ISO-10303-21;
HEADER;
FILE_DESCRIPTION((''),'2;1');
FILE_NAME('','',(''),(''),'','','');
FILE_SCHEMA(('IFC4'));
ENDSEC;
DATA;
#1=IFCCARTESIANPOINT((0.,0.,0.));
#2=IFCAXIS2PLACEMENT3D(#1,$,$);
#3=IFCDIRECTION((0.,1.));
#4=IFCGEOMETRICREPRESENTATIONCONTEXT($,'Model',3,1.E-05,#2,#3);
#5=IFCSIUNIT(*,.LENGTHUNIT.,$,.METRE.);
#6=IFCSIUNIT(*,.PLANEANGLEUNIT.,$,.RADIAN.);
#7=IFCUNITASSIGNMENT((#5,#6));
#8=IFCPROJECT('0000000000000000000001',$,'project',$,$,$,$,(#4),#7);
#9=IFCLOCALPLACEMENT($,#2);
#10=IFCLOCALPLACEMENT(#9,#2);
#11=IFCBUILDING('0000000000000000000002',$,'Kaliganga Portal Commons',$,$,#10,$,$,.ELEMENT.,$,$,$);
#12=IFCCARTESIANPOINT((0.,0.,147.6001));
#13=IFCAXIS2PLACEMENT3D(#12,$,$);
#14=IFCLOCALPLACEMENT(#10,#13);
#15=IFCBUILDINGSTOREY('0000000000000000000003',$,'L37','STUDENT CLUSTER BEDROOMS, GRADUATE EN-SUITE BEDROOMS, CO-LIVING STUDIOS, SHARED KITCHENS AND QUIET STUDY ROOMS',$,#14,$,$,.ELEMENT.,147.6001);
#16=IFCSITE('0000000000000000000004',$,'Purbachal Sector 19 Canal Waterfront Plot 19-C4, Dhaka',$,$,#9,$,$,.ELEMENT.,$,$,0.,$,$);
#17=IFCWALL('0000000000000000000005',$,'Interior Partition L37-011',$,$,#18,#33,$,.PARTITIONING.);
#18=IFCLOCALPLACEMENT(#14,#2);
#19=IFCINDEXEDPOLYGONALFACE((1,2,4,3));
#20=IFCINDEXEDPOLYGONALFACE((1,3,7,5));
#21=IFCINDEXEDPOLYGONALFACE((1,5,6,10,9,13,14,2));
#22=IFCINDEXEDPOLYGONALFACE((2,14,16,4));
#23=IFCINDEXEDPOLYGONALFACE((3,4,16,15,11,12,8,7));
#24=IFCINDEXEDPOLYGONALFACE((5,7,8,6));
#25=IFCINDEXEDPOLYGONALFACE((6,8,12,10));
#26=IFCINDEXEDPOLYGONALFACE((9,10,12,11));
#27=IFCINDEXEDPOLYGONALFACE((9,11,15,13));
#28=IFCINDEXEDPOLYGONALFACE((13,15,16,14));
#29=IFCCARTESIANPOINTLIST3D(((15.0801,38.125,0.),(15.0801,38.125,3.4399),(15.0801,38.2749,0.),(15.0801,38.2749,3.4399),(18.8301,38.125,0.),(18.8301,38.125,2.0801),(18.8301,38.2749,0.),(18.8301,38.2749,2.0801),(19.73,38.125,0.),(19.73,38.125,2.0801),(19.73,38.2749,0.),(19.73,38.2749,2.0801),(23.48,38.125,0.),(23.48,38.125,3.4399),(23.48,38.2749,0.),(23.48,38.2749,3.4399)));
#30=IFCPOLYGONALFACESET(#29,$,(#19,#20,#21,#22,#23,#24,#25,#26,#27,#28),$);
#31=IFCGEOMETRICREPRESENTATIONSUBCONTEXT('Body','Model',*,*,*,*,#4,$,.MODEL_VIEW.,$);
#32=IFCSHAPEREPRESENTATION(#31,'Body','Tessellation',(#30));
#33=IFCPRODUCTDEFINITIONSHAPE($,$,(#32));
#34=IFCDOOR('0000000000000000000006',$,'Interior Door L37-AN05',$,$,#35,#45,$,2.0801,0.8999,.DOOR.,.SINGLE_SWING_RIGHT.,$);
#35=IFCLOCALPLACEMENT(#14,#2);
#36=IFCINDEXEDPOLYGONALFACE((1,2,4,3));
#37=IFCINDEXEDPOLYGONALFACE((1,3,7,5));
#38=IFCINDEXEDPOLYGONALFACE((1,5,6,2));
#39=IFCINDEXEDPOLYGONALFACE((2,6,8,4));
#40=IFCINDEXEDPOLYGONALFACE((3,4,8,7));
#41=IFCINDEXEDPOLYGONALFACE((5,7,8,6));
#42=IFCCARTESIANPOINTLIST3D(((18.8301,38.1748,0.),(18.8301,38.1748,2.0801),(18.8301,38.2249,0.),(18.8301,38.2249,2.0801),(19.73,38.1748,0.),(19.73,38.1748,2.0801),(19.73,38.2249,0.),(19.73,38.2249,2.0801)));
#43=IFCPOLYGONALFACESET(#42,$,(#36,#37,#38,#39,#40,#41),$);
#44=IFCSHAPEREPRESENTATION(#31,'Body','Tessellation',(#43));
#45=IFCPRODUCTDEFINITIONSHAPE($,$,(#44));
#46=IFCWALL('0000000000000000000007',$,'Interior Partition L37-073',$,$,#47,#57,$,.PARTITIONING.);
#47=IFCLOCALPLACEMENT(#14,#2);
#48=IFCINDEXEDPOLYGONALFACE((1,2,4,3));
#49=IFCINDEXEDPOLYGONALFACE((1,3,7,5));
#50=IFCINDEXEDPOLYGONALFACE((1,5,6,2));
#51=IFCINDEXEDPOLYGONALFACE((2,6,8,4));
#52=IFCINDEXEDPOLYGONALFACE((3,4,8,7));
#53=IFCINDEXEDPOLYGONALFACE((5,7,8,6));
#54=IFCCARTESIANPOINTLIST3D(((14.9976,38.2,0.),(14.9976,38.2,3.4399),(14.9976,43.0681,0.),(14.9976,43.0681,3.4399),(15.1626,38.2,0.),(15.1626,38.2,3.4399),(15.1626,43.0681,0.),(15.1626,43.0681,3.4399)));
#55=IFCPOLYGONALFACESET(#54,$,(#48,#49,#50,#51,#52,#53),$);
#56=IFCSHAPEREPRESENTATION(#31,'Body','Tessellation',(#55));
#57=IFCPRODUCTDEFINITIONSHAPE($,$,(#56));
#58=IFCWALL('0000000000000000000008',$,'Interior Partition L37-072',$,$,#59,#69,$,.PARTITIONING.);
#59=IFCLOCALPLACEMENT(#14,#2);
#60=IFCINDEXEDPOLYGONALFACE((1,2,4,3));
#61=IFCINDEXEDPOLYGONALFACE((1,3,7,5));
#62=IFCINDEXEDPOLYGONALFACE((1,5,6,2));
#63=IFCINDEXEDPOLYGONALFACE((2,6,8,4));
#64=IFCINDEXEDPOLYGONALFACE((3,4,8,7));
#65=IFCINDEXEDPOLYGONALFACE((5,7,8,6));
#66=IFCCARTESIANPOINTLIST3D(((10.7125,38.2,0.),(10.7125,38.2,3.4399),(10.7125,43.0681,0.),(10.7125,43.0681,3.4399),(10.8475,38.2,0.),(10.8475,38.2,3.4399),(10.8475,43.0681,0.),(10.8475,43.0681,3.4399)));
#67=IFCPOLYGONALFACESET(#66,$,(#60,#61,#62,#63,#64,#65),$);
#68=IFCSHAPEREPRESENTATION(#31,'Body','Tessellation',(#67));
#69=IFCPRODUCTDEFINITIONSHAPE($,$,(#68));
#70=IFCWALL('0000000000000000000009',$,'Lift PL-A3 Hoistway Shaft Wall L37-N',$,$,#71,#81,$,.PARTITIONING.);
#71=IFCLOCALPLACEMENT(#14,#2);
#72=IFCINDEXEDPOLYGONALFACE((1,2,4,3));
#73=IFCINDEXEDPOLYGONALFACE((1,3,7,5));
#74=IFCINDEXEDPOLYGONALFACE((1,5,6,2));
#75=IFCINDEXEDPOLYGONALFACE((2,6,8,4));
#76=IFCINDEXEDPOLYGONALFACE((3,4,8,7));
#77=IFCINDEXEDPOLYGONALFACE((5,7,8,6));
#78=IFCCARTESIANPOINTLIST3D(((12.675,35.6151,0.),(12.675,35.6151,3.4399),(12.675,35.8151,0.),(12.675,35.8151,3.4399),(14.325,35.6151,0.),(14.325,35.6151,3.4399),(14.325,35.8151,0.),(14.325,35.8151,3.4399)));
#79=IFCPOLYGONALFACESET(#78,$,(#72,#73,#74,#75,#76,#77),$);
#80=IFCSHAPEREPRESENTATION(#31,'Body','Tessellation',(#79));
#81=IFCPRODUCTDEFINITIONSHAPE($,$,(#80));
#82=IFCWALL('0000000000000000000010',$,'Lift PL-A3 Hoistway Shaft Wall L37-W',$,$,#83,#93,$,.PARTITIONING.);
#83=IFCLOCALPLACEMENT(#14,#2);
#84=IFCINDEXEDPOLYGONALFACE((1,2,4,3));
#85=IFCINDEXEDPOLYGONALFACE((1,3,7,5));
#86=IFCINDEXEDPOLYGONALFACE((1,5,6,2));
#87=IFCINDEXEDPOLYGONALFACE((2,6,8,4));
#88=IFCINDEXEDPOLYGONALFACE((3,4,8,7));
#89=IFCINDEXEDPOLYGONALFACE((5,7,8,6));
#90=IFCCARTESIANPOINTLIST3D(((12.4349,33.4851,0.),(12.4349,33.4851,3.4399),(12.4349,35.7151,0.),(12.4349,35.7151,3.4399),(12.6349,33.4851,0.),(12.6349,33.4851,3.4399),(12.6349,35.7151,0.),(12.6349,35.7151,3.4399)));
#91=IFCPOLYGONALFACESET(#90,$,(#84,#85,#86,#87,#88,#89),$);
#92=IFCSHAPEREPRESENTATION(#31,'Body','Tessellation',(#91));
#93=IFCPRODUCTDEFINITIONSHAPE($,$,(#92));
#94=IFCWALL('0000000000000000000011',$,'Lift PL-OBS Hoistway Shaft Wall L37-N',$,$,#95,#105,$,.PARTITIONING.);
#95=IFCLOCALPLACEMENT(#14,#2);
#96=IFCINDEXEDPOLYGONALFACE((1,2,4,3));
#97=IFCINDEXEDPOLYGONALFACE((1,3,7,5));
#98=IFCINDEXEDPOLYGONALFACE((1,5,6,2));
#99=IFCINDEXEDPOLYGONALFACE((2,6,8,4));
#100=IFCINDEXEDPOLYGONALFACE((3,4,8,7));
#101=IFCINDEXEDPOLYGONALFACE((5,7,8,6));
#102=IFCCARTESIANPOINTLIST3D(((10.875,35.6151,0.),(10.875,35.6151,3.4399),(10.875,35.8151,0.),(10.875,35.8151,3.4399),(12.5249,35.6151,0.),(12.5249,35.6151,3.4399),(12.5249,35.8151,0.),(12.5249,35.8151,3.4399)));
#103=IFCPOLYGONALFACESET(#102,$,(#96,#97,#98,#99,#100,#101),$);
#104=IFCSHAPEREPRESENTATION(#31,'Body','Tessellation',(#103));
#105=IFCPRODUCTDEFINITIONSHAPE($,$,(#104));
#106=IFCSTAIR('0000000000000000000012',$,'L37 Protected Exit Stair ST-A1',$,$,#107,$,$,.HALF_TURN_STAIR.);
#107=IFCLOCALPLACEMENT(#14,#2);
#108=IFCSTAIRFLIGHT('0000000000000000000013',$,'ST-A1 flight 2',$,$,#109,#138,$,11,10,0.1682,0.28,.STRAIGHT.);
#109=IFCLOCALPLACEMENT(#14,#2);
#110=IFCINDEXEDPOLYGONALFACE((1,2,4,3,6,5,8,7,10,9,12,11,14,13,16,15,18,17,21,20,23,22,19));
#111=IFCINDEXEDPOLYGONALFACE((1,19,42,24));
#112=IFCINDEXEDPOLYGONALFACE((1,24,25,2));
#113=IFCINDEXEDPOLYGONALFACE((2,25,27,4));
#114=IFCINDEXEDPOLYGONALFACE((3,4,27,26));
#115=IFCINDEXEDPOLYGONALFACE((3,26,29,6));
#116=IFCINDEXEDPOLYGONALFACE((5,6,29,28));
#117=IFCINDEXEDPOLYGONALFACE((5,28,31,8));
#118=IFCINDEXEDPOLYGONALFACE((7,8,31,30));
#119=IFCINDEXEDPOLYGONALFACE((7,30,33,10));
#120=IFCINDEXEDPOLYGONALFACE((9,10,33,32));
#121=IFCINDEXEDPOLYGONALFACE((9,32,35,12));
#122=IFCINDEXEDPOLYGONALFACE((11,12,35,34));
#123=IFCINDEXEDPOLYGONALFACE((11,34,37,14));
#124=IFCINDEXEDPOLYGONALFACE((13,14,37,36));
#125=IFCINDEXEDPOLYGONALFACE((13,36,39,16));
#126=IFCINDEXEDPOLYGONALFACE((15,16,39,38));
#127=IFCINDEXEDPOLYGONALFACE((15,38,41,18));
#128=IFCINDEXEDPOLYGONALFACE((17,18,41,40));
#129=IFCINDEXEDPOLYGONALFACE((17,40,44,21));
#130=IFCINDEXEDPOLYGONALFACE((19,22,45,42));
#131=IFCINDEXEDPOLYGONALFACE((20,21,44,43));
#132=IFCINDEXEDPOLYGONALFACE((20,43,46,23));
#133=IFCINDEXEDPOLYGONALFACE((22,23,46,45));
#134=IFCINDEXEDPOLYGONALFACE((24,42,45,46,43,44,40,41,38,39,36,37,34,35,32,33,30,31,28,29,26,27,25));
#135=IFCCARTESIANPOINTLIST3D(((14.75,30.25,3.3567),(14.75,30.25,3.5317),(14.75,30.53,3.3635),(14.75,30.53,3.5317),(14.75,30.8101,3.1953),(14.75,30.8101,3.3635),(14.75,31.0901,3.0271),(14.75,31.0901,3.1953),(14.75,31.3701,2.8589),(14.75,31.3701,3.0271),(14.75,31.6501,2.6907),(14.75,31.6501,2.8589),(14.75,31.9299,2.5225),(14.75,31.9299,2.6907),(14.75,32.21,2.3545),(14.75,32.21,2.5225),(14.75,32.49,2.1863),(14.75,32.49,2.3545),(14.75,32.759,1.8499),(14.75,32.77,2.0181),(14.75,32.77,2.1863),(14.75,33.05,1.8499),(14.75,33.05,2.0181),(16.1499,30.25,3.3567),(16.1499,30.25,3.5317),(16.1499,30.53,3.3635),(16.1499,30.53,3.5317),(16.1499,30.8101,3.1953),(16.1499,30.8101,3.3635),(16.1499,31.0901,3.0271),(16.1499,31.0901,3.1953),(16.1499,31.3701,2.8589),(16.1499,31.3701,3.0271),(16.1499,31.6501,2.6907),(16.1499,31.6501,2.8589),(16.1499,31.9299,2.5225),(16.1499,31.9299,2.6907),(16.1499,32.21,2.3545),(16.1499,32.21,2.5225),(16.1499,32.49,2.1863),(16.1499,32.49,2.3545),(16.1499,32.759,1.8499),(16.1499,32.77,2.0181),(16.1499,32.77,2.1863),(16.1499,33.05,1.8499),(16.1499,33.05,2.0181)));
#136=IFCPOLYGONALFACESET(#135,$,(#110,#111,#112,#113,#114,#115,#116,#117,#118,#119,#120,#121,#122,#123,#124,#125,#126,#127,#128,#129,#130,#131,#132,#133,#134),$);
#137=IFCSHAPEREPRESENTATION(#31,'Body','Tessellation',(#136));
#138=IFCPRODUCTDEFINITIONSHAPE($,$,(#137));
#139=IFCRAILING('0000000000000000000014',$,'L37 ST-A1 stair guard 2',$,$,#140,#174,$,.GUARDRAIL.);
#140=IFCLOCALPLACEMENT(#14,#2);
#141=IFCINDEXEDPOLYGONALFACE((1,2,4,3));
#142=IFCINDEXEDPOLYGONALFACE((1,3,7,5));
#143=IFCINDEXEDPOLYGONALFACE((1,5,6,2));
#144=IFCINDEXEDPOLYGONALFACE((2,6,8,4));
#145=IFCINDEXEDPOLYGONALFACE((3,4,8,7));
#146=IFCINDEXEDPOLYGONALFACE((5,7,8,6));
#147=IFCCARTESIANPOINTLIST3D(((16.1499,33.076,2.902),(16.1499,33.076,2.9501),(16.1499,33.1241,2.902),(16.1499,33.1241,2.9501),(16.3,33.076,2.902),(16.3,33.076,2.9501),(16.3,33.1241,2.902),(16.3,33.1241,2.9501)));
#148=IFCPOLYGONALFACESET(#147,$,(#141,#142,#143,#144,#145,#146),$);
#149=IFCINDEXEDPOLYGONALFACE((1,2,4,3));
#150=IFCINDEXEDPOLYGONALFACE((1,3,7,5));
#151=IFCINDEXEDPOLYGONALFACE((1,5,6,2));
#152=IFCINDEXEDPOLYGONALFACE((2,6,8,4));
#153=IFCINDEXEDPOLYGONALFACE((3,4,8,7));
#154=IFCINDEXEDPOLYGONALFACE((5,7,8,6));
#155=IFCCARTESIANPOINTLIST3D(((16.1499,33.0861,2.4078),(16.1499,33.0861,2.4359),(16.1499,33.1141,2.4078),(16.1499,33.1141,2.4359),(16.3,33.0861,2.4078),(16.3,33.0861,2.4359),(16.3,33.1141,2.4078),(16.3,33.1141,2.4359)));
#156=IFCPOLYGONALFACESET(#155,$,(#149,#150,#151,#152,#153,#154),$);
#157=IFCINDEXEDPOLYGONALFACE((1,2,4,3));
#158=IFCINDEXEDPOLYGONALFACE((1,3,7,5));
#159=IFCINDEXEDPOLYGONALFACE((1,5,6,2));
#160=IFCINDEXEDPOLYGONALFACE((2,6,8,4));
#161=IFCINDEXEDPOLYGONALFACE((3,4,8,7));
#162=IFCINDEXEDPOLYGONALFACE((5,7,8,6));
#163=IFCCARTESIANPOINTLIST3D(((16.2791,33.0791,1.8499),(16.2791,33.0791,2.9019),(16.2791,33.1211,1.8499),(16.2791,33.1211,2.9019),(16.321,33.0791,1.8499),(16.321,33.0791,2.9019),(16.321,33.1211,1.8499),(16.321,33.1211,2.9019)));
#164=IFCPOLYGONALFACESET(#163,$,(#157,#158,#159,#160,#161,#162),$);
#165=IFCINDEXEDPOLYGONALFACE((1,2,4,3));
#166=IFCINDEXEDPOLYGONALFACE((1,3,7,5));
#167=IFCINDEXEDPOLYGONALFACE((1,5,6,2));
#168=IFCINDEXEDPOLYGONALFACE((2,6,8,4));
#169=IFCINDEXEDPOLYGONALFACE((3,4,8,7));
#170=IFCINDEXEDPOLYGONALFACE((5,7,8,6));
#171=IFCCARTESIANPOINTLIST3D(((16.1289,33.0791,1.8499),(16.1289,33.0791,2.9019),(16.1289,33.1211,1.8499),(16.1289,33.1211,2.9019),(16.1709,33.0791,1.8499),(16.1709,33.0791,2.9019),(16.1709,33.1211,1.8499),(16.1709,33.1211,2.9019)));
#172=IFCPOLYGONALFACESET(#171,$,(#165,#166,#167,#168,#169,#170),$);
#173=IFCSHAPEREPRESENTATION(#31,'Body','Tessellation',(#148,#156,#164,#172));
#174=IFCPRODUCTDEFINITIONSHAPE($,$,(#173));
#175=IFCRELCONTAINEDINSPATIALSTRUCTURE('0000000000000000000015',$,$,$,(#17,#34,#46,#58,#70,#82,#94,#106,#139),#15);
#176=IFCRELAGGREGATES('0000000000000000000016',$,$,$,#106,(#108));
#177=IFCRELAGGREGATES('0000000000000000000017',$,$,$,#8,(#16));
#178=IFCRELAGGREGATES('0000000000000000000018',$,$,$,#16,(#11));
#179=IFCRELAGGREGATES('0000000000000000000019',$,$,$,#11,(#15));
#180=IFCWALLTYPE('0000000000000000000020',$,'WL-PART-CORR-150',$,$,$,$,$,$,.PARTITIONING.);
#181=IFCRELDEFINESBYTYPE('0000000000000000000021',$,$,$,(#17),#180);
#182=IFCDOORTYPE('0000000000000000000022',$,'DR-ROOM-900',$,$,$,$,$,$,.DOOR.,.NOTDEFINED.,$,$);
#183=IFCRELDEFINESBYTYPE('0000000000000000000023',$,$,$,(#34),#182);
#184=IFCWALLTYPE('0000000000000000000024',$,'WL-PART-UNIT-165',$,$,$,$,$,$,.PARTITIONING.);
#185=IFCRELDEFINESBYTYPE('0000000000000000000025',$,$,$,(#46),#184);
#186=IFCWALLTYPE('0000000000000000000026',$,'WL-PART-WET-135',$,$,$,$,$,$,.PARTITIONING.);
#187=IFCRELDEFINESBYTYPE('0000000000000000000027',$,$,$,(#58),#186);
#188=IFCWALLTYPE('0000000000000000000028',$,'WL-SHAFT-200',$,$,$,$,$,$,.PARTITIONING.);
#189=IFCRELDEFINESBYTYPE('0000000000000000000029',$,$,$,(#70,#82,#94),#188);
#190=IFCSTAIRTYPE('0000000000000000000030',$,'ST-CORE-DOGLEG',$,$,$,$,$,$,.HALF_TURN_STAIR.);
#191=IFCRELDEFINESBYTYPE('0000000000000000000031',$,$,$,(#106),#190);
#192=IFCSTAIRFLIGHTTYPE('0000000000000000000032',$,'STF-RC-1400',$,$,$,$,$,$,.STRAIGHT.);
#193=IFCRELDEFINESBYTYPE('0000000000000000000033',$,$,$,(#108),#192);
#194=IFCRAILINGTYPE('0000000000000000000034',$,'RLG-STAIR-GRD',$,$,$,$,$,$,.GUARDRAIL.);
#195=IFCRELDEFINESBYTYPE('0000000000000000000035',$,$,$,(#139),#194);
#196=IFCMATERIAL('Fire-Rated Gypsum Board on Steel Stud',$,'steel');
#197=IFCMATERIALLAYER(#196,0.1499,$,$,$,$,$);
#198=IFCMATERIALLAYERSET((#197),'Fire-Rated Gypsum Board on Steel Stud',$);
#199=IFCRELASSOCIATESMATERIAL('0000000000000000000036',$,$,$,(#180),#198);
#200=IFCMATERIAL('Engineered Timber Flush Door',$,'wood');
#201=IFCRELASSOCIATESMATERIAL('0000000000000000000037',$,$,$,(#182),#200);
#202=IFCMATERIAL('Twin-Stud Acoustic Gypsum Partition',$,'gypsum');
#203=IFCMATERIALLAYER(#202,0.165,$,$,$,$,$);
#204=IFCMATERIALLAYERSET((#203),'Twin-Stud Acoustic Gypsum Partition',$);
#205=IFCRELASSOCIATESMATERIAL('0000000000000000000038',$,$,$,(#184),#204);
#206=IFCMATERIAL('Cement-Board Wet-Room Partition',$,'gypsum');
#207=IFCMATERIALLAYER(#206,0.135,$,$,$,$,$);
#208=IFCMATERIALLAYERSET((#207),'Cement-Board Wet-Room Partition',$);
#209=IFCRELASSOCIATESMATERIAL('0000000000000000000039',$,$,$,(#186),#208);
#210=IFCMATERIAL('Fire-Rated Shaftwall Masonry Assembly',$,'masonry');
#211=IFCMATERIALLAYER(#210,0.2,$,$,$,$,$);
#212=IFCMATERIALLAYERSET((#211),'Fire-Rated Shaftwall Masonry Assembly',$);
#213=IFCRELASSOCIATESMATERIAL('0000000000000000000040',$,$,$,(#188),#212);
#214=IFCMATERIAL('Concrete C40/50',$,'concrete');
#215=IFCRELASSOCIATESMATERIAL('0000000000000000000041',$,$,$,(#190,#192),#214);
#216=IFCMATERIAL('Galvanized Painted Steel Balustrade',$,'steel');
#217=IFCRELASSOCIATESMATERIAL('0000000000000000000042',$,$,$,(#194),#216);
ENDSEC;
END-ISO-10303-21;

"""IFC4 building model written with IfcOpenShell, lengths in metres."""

from ifc_helpers import new_model, si_unit, direction, frame, frame_2d, origin, origin_2d, place, context, subcontext, project, spatial, polyline, rectangle, outline, extrude, material, layer, layer_set, type_object, element, fill, aggregate, save


model = new_model("IFC4")

# Units and contexts
model_context = context("Model", 3, precision=1e-05, world=origin(), true_north=direction((0.0, 1.0)))
body_context = subcontext(model_context, "Body", "Model", "MODEL_VIEW")
ifc_project = project(units=[si_unit("LENGTHUNIT", "METRE"), si_unit("PLANEANGLEUNIT", "RADIAN")], contexts=[model_context])

# Site, building, storey
site_placement = place(None, origin())
site = spatial("IfcSite", under=ifc_project, at=site_placement, Name="Purbachal Sector 19 Canal Waterfront Plot 19-C4, Dhaka", CompositionType="ELEMENT", RefElevation=0.0)
building_placement = place(site_placement, origin())
building = spatial("IfcBuilding", under=site, at=building_placement, Name="Kaliganga Portal Commons", CompositionType="ELEMENT")
storey_placement = place(building_placement, frame((0.0, 0.0, 147.6001)))
storey = spatial("IfcBuildingStorey", under=building, at=storey_placement, Name="L37", Description="STUDENT CLUSTER BEDROOMS, GRADUATE EN-SUITE BEDROOMS, CO-LIVING STUDIOS, SHARED KITCHENS AND QUIET STUDY ROOMS", CompositionType="ELEMENT", Elevation=147.6001)

# Wall, opening, door
ifc_material_1 = material(Name="Fire-Rated Gypsum Board on Steel Stud", Category="steel")
ifc_layer_1 = layer(ifc_material_1, 0.1499)
ifc_layer_set_1 = layer_set([ifc_layer_1], Name="Fire-Rated Gypsum Board on Steel Stud")
wall_type_1 = type_object("IfcWallType", Name="WL-PART-CORR-150", PredefinedType="PARTITIONING", material=ifc_layer_set_1)
wall_1_placement = place(storey_placement, frame((15.0801, 38.2, 0.0), z_axis=(0.0, 0.0, 1.0), x_axis=(1.0, 0.0, 0.0)))
wall_1 = element("IfcWall", 1, at=wall_1_placement, inside=storey, type_object=wall_type_1, Name="Interior Partition L37-011", PredefinedType="PARTITIONING", context=body_context, shape_type="SweptSolid", body=[
    extrude(rectangle(XDim=8.3999, YDim=0.1499, at=frame_2d((4.2, 0.0))), origin(), (0.0, 0.0, 1.0), 3.4399),
])
opening_1_placement = place(wall_1_placement, frame((3.75, 0.0, 0.0)))
opening_1 = element("IfcOpeningElement", 2, at=opening_1_placement, cuts=wall_1, PredefinedType="OPENING", context=body_context, shape_type="SweptSolid", body=[
    extrude(rectangle(XDim=0.8999, YDim=2.0801, at=frame_2d((0.45, 1.04))), frame((0.0, 0.085, 0.0), z_axis=(0.0, -1.0, 0.0), x_axis=(1.0, 0.0, 0.0)), (0.0, 0.0, 1.0), 0.1699),
])
ifc_material_2 = material(Name="Engineered Timber Flush Door", Category="wood")
door_type_1 = type_object("IfcDoorType", Name="DR-ROOM-900", OperationType="NOTDEFINED", PredefinedType="DOOR", material=ifc_material_2)
door_1_placement = place(opening_1_placement, origin())
door_1 = element("IfcDoor", 3, at=door_1_placement, inside=storey, type_object=door_type_1, Name="Interior Door L37-AN05", OperationType="SINGLE_SWING_RIGHT", OverallHeight=2.0801, OverallWidth=0.8999, PredefinedType="DOOR", context=body_context, shape_type="SweptSolid", body=[
    extrude(rectangle(XDim=0.8999, YDim=2.0801, at=frame_2d((0.45, 1.04))), frame((0.0, 0.0249, 0.0), z_axis=(0.0, -1.0, 0.0), x_axis=(1.0, 0.0, 0.0)), (0.0, 0.0, 1.0), 0.05),
])
fill(opening_1, door_1)

# Walls
ifc_material_3 = material(Name="Twin-Stud Acoustic Gypsum Partition", Category="gypsum")
ifc_layer_2 = layer(ifc_material_3, 0.165)
ifc_layer_set_2 = layer_set([ifc_layer_2], Name="Twin-Stud Acoustic Gypsum Partition")
wall_type_2 = type_object("IfcWallType", Name="WL-PART-UNIT-165", PredefinedType="PARTITIONING", material=ifc_layer_set_2)
wall_2_placement = place(storey_placement, frame((15.0801, 38.2, 0.0), z_axis=(0.0, 0.0, 1.0), x_axis=(0.0, 1.0, 0.0)))
element("IfcWall", 4, at=wall_2_placement, inside=storey, type_object=wall_type_2, Name="Interior Partition L37-073", PredefinedType="PARTITIONING", context=body_context, shape_type="SweptSolid", body=[
    extrude(rectangle(XDim=4.8682, YDim=0.165, at=frame_2d((2.4341, 0.0))), origin(), (0.0, 0.0, 1.0), 3.4399),
])
ifc_material_4 = material(Name="Cement-Board Wet-Room Partition", Category="gypsum")
ifc_layer_3 = layer(ifc_material_4, 0.135)
ifc_layer_set_3 = layer_set([ifc_layer_3], Name="Cement-Board Wet-Room Partition")
wall_type_3 = type_object("IfcWallType", Name="WL-PART-WET-135", PredefinedType="PARTITIONING", material=ifc_layer_set_3)
wall_3_placement = place(storey_placement, frame((10.78, 38.2, 0.0), z_axis=(0.0, 0.0, 1.0), x_axis=(0.0, 1.0, 0.0)))
element("IfcWall", 5, at=wall_3_placement, inside=storey, type_object=wall_type_3, Name="Interior Partition L37-072", PredefinedType="PARTITIONING", context=body_context, shape_type="SweptSolid", body=[
    extrude(rectangle(XDim=4.8682, YDim=0.135, at=frame_2d((2.4341, 0.0))), origin(), (0.0, 0.0, 1.0), 3.4399),
])

# Shared definitions
ifc_material_5 = material(Name="Fire-Rated Shaftwall Masonry Assembly", Category="masonry")
ifc_layer_4 = layer(ifc_material_5, 0.2)
ifc_layer_set_4 = layer_set([ifc_layer_4], Name="Fire-Rated Shaftwall Masonry Assembly")
wall_type_4 = type_object("IfcWallType", Name="WL-SHAFT-200", PredefinedType="PARTITIONING", material=ifc_layer_set_4)

# Walls
wall_4_placement = place(storey_placement, frame((12.675, 35.7151, 0.0), z_axis=(0.0, 0.0, 1.0), x_axis=(1.0, 0.0, 0.0)))
element("IfcWall", 6, at=wall_4_placement, inside=storey, type_object=wall_type_4, Name="Lift PL-A3 Hoistway Shaft Wall L37-N", PredefinedType="PARTITIONING", context=body_context, shape_type="SweptSolid", body=[
    extrude(rectangle(XDim=1.6499, YDim=0.2, at=frame_2d((0.825, 0.0))), origin(), (0.0, 0.0, 1.0), 3.4399),
])
wall_5_placement = place(storey_placement, frame((12.5349, 33.4851, 0.0), z_axis=(0.0, 0.0, 1.0), x_axis=(0.0, 1.0, 0.0)))
element("IfcWall", 7, at=wall_5_placement, inside=storey, type_object=wall_type_4, Name="Lift PL-A3 Hoistway Shaft Wall L37-W", PredefinedType="PARTITIONING", context=body_context, shape_type="SweptSolid", body=[
    extrude(rectangle(XDim=2.23, YDim=0.2, at=frame_2d((1.115, 0.0))), origin(), (0.0, 0.0, 1.0), 3.4399),
])

# Wall
wall_6_placement = place(storey_placement, frame((10.875, 35.7151, 0.0), z_axis=(0.0, 0.0, 1.0), x_axis=(1.0, 0.0, 0.0)))
element("IfcWall", 8, at=wall_6_placement, inside=storey, type_object=wall_type_4, Name="Lift PL-OBS Hoistway Shaft Wall L37-N", PredefinedType="PARTITIONING", context=body_context, shape_type="SweptSolid", body=[
    extrude(rectangle(XDim=1.6499, YDim=0.2, at=frame_2d((0.825, 0.0))), origin(), (0.0, 0.0, 1.0), 3.4399),
])

# Stair, stair flight
ifc_material_6 = material(Name="Concrete C40/50", Category="concrete")
stair_type = type_object("IfcStairType", Name="ST-CORE-DOGLEG", PredefinedType="HALF_TURN_STAIR", material=ifc_material_6)
stair_placement = place(storey_placement, origin())
stair = element("IfcStair", 9, at=stair_placement, inside=storey, type_object=stair_type, Name="L37 Protected Exit Stair ST-A1", PredefinedType="HALF_TURN_STAIR")
stair_flight_type = type_object("IfcStairFlightType", Name="STF-RC-1400", PredefinedType="STRAIGHT", material=ifc_material_6)
stair_flight_placement = place(storey_placement, frame((15.45, 33.05, 1.8499), z_axis=(0.0, 0.0, 1.0), x_axis=(0.0, -1.0, 0.0)))
stair_flight = element("IfcStairFlight", 10, at=stair_flight_placement, type_object=stair_flight_type, Name="ST-A1 flight 2", NumberOfRisers=11, NumberOfTreads=10, PredefinedType="STRAIGHT", RiserHeight=0.1682, TreadLength=0.28, context=body_context, shape_type="SweptSolid", body=[
    extrude(outline(polyline([(0.0, 0.0), (0.0, 0.1682), (0.28, 0.1682), (0.28, 0.3364), (0.5601, 0.3364), (0.5601, 0.5046), (0.8401, 0.5046), (0.8401, 0.6726), (1.1201, 0.6726), (1.1201, 0.8408), (1.3999, 0.8408), (1.3999, 1.009), (1.6799, 1.009), (1.6799, 1.1772), (1.96, 1.1772), (1.96, 1.3455), (2.24, 1.3455), (2.24, 1.5137), (2.52, 1.5137), (2.52, 1.6819), (2.8, 1.6819), (2.8, 1.8501), (2.8, 1.5068), (0.291, 0.0), (0.0, 0.0)])), frame((0.0, 0.7, 0.0), z_axis=(0.0, -1.0, 0.0), x_axis=(1.0, 0.0, 0.0)), (0.0, 0.0, 1.0), 1.3999),
])
aggregate(stair, [stair_flight])

# Railing
ifc_material_7 = material(Name="Galvanized Painted Steel Balustrade", Category="steel")
railing_type_1 = type_object("IfcRailingType", Name="RLG-STAIR-GRD", PredefinedType="GUARDRAIL", material=ifc_material_7)
railing_1_placement = place(storey_placement, frame((16.3, 33.1001, 1.8499)))
element("IfcRailing", 11, at=railing_1_placement, inside=storey, type_object=railing_type_1, Name="L37 ST-A1 stair guard 2", PredefinedType="GUARDRAIL", context=body_context, shape_type="SweptSolid", body=[
    extrude(rectangle(XDim=0.0481, YDim=0.0481, at=origin_2d()), frame((0.0, 0.0, 1.0762), z_axis=(-1.0, 0.0, 0.0), x_axis=(0.0, -1.0, 0.0)), (0.0, 0.0, 1.0), 0.1501),
    extrude(rectangle(XDim=0.0281, YDim=0.0281, at=origin_2d()), frame((0.0, 0.0, 0.572), z_axis=(-1.0, 0.0, 0.0), x_axis=(0.0, -1.0, 0.0)), (0.0, 0.0, 1.0), 0.1501),
    extrude(rectangle(XDim=0.042, YDim=0.042, at=origin_2d()), origin(), (0.0, 0.0, 1.0), 1.052),
    extrude(rectangle(XDim=0.042, YDim=0.042, at=origin_2d()), frame((-0.1501, 0.0, 0.0)), (0.0, 0.0, 1.0), 1.052),
])

save(model, "model.ifc")
